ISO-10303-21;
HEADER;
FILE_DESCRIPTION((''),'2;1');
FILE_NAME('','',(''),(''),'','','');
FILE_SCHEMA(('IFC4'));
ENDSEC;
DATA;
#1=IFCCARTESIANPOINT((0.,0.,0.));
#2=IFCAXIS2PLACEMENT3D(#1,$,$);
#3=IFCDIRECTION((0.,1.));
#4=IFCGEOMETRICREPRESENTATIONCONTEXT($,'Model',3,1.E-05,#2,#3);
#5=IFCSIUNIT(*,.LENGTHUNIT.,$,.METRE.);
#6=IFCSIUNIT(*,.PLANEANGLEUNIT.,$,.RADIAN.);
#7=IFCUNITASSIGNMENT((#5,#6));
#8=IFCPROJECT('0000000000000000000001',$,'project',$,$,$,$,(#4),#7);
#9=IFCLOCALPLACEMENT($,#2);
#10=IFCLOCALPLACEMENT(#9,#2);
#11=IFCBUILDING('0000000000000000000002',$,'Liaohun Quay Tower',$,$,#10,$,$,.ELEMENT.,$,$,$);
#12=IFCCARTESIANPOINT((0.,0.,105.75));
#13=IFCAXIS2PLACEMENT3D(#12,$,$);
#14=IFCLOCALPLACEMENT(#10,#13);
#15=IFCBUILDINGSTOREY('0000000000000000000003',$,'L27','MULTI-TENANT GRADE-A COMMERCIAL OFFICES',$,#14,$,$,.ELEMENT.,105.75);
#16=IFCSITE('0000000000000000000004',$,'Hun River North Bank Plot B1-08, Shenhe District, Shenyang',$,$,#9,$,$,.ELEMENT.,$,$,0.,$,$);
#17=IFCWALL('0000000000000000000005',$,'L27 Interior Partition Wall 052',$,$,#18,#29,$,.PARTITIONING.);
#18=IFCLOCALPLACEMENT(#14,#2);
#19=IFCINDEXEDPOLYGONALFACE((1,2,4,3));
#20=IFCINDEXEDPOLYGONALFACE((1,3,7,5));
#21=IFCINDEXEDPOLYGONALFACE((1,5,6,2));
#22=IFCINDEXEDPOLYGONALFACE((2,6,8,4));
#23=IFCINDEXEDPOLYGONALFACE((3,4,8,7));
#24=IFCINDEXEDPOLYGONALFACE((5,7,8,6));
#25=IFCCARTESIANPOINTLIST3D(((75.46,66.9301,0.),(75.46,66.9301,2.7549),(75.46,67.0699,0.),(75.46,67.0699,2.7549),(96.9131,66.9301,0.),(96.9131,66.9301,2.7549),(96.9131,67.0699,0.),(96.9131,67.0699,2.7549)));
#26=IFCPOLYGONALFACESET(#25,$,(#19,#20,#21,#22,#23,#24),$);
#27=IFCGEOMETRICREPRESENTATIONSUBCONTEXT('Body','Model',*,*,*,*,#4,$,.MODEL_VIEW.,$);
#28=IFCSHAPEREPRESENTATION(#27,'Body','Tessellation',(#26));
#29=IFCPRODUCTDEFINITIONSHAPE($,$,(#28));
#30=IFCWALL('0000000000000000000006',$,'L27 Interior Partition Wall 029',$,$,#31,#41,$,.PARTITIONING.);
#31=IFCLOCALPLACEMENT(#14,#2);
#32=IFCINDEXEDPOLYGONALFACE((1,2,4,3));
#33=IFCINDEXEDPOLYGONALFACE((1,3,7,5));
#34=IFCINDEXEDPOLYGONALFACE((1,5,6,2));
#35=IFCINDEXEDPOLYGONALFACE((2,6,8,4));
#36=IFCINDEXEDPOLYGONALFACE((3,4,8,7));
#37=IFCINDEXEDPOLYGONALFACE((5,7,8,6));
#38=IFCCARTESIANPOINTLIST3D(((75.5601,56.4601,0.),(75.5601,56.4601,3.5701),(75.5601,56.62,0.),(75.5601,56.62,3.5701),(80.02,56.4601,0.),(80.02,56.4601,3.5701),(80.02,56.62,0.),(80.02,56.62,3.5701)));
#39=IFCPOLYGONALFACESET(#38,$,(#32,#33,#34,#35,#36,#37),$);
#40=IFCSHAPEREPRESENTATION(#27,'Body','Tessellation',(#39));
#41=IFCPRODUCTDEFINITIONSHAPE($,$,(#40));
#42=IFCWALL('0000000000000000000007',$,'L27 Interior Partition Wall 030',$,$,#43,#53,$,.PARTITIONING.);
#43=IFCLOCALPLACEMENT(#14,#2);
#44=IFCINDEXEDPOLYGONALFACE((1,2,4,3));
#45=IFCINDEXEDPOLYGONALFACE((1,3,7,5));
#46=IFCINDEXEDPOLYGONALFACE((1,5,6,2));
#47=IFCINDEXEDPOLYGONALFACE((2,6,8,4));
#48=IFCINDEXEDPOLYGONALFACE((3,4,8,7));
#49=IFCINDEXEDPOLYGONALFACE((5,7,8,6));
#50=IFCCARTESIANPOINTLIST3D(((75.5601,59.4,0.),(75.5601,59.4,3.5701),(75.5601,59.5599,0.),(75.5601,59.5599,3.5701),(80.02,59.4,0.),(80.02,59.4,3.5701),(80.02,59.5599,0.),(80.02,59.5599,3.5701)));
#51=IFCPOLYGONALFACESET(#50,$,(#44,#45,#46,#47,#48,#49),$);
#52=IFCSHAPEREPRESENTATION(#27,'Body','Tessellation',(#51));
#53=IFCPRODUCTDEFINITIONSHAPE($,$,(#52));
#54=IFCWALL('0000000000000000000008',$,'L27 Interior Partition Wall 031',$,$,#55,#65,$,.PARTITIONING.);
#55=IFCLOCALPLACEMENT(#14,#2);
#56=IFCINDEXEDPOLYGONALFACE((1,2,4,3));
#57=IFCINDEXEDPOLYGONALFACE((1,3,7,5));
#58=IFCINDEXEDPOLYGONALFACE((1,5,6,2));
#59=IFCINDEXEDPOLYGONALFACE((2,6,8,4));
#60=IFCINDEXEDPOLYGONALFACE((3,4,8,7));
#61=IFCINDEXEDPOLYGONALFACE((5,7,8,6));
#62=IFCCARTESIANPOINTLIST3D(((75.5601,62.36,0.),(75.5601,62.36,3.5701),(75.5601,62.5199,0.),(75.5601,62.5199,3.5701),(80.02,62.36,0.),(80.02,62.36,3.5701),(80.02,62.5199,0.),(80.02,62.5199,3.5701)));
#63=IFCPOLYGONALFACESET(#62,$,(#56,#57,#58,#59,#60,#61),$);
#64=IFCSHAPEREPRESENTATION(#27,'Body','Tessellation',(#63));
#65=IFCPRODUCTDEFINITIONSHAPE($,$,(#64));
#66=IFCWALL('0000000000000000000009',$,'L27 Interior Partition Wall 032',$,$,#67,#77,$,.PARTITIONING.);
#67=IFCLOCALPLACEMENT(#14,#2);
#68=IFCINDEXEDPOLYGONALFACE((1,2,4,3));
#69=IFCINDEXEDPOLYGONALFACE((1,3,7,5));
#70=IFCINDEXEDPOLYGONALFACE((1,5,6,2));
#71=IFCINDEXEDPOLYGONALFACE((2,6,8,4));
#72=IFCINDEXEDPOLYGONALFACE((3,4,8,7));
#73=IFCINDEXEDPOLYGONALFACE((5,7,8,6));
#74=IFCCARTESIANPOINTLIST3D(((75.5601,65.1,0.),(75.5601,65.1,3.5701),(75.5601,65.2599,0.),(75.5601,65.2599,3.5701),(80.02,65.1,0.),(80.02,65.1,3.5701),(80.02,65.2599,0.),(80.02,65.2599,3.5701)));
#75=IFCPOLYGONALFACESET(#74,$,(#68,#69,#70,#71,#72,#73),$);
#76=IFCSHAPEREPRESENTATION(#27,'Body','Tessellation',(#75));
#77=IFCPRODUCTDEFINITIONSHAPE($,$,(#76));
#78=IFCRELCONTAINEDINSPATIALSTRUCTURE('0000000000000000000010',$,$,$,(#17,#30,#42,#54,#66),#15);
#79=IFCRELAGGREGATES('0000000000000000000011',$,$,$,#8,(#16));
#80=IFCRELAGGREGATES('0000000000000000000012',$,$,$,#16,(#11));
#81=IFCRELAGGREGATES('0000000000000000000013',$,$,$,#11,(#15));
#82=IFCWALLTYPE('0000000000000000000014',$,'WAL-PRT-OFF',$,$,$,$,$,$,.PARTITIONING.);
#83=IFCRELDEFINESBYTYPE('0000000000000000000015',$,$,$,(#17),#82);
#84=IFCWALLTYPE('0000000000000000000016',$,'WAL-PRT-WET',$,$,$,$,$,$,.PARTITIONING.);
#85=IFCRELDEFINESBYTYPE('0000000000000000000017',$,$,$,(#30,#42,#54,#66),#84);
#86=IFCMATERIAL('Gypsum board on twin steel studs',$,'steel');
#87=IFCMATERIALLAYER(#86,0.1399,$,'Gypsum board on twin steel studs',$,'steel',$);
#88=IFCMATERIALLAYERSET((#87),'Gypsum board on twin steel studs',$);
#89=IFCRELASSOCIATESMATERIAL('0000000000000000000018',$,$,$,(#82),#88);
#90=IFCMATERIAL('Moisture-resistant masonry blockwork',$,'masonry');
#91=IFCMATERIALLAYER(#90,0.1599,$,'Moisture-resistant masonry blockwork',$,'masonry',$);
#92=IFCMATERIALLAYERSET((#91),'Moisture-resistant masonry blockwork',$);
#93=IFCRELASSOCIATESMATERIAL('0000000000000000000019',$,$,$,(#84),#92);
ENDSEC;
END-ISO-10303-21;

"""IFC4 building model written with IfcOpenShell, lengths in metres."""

from ifc_helpers import new_model, si_unit, direction, frame, frame_2d, origin, place, context, subcontext, project, spatial, rectangle, extrude, material, layer, layer_set, type_object, element, save


model = new_model("IFC4")

# Units and contexts
model_context = context("Model", 3, precision=1e-05, world=origin(), true_north=direction((0.0, 1.0)))
body_context = subcontext(model_context, "Body", "Model", "MODEL_VIEW")
ifc_project = project(units=[si_unit("LENGTHUNIT", "METRE"), si_unit("PLANEANGLEUNIT", "RADIAN")], contexts=[model_context])

# Site, building, storey
site_placement = place(None, origin())
site = spatial("IfcSite", under=ifc_project, at=site_placement, Name="Hun River North Bank Plot B1-08, Shenhe District, Shenyang", CompositionType="ELEMENT", RefElevation=0.0)
building_placement = place(site_placement, origin())
building = spatial("IfcBuilding", under=site, at=building_placement, Name="Liaohun Quay Tower", CompositionType="ELEMENT")
storey_placement = place(building_placement, frame((0.0, 0.0, 105.75)))
storey = spatial("IfcBuildingStorey", under=building, at=storey_placement, Name="L27", Description="MULTI-TENANT GRADE-A COMMERCIAL OFFICES", CompositionType="ELEMENT", Elevation=105.75)

# Wall
ifc_material_1 = material(Name="Gypsum board on twin steel studs", Category="steel")
ifc_layer_1 = layer(ifc_material_1, 0.1399, Name="Gypsum board on twin steel studs", Category="steel")
ifc_layer_set_1 = layer_set([ifc_layer_1], Name="Gypsum board on twin steel studs")
wall_type_1 = type_object("IfcWallType", Name="WAL-PRT-OFF", PredefinedType="PARTITIONING", material=ifc_layer_set_1)
wall_1_placement = place(storey_placement, frame((75.46, 67.0, 0.0), z_axis=(0.0, 0.0, 1.0), x_axis=(1.0, 0.0, 0.0)))
element("IfcWall", 1, at=wall_1_placement, inside=storey, type_object=wall_type_1, Name="L27 Interior Partition Wall 052", PredefinedType="PARTITIONING", context=body_context, shape_type="SweptSolid", body=[
    extrude(rectangle(XDim=21.4531, YDim=0.1399, at=frame_2d((10.7266, 0.0))), origin(), (0.0, 0.0, 1.0), 2.7549),
])

# Shared definitions
ifc_material_2 = material(Name="Moisture-resistant masonry blockwork", Category="masonry")
ifc_layer_2 = layer(ifc_material_2, 0.1599, Name="Moisture-resistant masonry blockwork", Category="masonry")
ifc_layer_set_2 = layer_set([ifc_layer_2], Name="Moisture-resistant masonry blockwork")
wall_type_2 = type_object("IfcWallType", Name="WAL-PRT-WET", PredefinedType="PARTITIONING", material=ifc_layer_set_2)

# Walls
for number, where, z_axis, x_axis, name in (
    (2, (75.5601, 56.54, 0.0), (0.0, 0.0, 1.0), (1.0, 0.0, 0.0), "L27 Interior Partition Wall 029"),
    (3, (75.5601, 59.48, 0.0), (0.0, 0.0, 1.0), (1.0, 0.0, 0.0), "L27 Interior Partition Wall 030"),
    (4, (75.5601, 62.4399, 0.0), (0.0, 0.0, 1.0), (1.0, 0.0, 0.0), "L27 Interior Partition Wall 031"),
    (5, (75.5601, 65.1799, 0.0), (0.0, 0.0, 1.0), (1.0, 0.0, 0.0), "L27 Interior Partition Wall 032"),
):
    element("IfcWall", number, at=place(storey_placement, frame(where, z_axis=z_axis, x_axis=x_axis)), inside=storey, type_object=wall_type_2, Name=name, PredefinedType="PARTITIONING", context=body_context, shape_type="SweptSolid", body=[
        extrude(rectangle(XDim=4.46, YDim=0.1599, at=frame_2d((2.23, 0.0))), origin(), (0.0, 0.0, 1.0), 3.5701),
    ])

save(model, "model.ifc")
